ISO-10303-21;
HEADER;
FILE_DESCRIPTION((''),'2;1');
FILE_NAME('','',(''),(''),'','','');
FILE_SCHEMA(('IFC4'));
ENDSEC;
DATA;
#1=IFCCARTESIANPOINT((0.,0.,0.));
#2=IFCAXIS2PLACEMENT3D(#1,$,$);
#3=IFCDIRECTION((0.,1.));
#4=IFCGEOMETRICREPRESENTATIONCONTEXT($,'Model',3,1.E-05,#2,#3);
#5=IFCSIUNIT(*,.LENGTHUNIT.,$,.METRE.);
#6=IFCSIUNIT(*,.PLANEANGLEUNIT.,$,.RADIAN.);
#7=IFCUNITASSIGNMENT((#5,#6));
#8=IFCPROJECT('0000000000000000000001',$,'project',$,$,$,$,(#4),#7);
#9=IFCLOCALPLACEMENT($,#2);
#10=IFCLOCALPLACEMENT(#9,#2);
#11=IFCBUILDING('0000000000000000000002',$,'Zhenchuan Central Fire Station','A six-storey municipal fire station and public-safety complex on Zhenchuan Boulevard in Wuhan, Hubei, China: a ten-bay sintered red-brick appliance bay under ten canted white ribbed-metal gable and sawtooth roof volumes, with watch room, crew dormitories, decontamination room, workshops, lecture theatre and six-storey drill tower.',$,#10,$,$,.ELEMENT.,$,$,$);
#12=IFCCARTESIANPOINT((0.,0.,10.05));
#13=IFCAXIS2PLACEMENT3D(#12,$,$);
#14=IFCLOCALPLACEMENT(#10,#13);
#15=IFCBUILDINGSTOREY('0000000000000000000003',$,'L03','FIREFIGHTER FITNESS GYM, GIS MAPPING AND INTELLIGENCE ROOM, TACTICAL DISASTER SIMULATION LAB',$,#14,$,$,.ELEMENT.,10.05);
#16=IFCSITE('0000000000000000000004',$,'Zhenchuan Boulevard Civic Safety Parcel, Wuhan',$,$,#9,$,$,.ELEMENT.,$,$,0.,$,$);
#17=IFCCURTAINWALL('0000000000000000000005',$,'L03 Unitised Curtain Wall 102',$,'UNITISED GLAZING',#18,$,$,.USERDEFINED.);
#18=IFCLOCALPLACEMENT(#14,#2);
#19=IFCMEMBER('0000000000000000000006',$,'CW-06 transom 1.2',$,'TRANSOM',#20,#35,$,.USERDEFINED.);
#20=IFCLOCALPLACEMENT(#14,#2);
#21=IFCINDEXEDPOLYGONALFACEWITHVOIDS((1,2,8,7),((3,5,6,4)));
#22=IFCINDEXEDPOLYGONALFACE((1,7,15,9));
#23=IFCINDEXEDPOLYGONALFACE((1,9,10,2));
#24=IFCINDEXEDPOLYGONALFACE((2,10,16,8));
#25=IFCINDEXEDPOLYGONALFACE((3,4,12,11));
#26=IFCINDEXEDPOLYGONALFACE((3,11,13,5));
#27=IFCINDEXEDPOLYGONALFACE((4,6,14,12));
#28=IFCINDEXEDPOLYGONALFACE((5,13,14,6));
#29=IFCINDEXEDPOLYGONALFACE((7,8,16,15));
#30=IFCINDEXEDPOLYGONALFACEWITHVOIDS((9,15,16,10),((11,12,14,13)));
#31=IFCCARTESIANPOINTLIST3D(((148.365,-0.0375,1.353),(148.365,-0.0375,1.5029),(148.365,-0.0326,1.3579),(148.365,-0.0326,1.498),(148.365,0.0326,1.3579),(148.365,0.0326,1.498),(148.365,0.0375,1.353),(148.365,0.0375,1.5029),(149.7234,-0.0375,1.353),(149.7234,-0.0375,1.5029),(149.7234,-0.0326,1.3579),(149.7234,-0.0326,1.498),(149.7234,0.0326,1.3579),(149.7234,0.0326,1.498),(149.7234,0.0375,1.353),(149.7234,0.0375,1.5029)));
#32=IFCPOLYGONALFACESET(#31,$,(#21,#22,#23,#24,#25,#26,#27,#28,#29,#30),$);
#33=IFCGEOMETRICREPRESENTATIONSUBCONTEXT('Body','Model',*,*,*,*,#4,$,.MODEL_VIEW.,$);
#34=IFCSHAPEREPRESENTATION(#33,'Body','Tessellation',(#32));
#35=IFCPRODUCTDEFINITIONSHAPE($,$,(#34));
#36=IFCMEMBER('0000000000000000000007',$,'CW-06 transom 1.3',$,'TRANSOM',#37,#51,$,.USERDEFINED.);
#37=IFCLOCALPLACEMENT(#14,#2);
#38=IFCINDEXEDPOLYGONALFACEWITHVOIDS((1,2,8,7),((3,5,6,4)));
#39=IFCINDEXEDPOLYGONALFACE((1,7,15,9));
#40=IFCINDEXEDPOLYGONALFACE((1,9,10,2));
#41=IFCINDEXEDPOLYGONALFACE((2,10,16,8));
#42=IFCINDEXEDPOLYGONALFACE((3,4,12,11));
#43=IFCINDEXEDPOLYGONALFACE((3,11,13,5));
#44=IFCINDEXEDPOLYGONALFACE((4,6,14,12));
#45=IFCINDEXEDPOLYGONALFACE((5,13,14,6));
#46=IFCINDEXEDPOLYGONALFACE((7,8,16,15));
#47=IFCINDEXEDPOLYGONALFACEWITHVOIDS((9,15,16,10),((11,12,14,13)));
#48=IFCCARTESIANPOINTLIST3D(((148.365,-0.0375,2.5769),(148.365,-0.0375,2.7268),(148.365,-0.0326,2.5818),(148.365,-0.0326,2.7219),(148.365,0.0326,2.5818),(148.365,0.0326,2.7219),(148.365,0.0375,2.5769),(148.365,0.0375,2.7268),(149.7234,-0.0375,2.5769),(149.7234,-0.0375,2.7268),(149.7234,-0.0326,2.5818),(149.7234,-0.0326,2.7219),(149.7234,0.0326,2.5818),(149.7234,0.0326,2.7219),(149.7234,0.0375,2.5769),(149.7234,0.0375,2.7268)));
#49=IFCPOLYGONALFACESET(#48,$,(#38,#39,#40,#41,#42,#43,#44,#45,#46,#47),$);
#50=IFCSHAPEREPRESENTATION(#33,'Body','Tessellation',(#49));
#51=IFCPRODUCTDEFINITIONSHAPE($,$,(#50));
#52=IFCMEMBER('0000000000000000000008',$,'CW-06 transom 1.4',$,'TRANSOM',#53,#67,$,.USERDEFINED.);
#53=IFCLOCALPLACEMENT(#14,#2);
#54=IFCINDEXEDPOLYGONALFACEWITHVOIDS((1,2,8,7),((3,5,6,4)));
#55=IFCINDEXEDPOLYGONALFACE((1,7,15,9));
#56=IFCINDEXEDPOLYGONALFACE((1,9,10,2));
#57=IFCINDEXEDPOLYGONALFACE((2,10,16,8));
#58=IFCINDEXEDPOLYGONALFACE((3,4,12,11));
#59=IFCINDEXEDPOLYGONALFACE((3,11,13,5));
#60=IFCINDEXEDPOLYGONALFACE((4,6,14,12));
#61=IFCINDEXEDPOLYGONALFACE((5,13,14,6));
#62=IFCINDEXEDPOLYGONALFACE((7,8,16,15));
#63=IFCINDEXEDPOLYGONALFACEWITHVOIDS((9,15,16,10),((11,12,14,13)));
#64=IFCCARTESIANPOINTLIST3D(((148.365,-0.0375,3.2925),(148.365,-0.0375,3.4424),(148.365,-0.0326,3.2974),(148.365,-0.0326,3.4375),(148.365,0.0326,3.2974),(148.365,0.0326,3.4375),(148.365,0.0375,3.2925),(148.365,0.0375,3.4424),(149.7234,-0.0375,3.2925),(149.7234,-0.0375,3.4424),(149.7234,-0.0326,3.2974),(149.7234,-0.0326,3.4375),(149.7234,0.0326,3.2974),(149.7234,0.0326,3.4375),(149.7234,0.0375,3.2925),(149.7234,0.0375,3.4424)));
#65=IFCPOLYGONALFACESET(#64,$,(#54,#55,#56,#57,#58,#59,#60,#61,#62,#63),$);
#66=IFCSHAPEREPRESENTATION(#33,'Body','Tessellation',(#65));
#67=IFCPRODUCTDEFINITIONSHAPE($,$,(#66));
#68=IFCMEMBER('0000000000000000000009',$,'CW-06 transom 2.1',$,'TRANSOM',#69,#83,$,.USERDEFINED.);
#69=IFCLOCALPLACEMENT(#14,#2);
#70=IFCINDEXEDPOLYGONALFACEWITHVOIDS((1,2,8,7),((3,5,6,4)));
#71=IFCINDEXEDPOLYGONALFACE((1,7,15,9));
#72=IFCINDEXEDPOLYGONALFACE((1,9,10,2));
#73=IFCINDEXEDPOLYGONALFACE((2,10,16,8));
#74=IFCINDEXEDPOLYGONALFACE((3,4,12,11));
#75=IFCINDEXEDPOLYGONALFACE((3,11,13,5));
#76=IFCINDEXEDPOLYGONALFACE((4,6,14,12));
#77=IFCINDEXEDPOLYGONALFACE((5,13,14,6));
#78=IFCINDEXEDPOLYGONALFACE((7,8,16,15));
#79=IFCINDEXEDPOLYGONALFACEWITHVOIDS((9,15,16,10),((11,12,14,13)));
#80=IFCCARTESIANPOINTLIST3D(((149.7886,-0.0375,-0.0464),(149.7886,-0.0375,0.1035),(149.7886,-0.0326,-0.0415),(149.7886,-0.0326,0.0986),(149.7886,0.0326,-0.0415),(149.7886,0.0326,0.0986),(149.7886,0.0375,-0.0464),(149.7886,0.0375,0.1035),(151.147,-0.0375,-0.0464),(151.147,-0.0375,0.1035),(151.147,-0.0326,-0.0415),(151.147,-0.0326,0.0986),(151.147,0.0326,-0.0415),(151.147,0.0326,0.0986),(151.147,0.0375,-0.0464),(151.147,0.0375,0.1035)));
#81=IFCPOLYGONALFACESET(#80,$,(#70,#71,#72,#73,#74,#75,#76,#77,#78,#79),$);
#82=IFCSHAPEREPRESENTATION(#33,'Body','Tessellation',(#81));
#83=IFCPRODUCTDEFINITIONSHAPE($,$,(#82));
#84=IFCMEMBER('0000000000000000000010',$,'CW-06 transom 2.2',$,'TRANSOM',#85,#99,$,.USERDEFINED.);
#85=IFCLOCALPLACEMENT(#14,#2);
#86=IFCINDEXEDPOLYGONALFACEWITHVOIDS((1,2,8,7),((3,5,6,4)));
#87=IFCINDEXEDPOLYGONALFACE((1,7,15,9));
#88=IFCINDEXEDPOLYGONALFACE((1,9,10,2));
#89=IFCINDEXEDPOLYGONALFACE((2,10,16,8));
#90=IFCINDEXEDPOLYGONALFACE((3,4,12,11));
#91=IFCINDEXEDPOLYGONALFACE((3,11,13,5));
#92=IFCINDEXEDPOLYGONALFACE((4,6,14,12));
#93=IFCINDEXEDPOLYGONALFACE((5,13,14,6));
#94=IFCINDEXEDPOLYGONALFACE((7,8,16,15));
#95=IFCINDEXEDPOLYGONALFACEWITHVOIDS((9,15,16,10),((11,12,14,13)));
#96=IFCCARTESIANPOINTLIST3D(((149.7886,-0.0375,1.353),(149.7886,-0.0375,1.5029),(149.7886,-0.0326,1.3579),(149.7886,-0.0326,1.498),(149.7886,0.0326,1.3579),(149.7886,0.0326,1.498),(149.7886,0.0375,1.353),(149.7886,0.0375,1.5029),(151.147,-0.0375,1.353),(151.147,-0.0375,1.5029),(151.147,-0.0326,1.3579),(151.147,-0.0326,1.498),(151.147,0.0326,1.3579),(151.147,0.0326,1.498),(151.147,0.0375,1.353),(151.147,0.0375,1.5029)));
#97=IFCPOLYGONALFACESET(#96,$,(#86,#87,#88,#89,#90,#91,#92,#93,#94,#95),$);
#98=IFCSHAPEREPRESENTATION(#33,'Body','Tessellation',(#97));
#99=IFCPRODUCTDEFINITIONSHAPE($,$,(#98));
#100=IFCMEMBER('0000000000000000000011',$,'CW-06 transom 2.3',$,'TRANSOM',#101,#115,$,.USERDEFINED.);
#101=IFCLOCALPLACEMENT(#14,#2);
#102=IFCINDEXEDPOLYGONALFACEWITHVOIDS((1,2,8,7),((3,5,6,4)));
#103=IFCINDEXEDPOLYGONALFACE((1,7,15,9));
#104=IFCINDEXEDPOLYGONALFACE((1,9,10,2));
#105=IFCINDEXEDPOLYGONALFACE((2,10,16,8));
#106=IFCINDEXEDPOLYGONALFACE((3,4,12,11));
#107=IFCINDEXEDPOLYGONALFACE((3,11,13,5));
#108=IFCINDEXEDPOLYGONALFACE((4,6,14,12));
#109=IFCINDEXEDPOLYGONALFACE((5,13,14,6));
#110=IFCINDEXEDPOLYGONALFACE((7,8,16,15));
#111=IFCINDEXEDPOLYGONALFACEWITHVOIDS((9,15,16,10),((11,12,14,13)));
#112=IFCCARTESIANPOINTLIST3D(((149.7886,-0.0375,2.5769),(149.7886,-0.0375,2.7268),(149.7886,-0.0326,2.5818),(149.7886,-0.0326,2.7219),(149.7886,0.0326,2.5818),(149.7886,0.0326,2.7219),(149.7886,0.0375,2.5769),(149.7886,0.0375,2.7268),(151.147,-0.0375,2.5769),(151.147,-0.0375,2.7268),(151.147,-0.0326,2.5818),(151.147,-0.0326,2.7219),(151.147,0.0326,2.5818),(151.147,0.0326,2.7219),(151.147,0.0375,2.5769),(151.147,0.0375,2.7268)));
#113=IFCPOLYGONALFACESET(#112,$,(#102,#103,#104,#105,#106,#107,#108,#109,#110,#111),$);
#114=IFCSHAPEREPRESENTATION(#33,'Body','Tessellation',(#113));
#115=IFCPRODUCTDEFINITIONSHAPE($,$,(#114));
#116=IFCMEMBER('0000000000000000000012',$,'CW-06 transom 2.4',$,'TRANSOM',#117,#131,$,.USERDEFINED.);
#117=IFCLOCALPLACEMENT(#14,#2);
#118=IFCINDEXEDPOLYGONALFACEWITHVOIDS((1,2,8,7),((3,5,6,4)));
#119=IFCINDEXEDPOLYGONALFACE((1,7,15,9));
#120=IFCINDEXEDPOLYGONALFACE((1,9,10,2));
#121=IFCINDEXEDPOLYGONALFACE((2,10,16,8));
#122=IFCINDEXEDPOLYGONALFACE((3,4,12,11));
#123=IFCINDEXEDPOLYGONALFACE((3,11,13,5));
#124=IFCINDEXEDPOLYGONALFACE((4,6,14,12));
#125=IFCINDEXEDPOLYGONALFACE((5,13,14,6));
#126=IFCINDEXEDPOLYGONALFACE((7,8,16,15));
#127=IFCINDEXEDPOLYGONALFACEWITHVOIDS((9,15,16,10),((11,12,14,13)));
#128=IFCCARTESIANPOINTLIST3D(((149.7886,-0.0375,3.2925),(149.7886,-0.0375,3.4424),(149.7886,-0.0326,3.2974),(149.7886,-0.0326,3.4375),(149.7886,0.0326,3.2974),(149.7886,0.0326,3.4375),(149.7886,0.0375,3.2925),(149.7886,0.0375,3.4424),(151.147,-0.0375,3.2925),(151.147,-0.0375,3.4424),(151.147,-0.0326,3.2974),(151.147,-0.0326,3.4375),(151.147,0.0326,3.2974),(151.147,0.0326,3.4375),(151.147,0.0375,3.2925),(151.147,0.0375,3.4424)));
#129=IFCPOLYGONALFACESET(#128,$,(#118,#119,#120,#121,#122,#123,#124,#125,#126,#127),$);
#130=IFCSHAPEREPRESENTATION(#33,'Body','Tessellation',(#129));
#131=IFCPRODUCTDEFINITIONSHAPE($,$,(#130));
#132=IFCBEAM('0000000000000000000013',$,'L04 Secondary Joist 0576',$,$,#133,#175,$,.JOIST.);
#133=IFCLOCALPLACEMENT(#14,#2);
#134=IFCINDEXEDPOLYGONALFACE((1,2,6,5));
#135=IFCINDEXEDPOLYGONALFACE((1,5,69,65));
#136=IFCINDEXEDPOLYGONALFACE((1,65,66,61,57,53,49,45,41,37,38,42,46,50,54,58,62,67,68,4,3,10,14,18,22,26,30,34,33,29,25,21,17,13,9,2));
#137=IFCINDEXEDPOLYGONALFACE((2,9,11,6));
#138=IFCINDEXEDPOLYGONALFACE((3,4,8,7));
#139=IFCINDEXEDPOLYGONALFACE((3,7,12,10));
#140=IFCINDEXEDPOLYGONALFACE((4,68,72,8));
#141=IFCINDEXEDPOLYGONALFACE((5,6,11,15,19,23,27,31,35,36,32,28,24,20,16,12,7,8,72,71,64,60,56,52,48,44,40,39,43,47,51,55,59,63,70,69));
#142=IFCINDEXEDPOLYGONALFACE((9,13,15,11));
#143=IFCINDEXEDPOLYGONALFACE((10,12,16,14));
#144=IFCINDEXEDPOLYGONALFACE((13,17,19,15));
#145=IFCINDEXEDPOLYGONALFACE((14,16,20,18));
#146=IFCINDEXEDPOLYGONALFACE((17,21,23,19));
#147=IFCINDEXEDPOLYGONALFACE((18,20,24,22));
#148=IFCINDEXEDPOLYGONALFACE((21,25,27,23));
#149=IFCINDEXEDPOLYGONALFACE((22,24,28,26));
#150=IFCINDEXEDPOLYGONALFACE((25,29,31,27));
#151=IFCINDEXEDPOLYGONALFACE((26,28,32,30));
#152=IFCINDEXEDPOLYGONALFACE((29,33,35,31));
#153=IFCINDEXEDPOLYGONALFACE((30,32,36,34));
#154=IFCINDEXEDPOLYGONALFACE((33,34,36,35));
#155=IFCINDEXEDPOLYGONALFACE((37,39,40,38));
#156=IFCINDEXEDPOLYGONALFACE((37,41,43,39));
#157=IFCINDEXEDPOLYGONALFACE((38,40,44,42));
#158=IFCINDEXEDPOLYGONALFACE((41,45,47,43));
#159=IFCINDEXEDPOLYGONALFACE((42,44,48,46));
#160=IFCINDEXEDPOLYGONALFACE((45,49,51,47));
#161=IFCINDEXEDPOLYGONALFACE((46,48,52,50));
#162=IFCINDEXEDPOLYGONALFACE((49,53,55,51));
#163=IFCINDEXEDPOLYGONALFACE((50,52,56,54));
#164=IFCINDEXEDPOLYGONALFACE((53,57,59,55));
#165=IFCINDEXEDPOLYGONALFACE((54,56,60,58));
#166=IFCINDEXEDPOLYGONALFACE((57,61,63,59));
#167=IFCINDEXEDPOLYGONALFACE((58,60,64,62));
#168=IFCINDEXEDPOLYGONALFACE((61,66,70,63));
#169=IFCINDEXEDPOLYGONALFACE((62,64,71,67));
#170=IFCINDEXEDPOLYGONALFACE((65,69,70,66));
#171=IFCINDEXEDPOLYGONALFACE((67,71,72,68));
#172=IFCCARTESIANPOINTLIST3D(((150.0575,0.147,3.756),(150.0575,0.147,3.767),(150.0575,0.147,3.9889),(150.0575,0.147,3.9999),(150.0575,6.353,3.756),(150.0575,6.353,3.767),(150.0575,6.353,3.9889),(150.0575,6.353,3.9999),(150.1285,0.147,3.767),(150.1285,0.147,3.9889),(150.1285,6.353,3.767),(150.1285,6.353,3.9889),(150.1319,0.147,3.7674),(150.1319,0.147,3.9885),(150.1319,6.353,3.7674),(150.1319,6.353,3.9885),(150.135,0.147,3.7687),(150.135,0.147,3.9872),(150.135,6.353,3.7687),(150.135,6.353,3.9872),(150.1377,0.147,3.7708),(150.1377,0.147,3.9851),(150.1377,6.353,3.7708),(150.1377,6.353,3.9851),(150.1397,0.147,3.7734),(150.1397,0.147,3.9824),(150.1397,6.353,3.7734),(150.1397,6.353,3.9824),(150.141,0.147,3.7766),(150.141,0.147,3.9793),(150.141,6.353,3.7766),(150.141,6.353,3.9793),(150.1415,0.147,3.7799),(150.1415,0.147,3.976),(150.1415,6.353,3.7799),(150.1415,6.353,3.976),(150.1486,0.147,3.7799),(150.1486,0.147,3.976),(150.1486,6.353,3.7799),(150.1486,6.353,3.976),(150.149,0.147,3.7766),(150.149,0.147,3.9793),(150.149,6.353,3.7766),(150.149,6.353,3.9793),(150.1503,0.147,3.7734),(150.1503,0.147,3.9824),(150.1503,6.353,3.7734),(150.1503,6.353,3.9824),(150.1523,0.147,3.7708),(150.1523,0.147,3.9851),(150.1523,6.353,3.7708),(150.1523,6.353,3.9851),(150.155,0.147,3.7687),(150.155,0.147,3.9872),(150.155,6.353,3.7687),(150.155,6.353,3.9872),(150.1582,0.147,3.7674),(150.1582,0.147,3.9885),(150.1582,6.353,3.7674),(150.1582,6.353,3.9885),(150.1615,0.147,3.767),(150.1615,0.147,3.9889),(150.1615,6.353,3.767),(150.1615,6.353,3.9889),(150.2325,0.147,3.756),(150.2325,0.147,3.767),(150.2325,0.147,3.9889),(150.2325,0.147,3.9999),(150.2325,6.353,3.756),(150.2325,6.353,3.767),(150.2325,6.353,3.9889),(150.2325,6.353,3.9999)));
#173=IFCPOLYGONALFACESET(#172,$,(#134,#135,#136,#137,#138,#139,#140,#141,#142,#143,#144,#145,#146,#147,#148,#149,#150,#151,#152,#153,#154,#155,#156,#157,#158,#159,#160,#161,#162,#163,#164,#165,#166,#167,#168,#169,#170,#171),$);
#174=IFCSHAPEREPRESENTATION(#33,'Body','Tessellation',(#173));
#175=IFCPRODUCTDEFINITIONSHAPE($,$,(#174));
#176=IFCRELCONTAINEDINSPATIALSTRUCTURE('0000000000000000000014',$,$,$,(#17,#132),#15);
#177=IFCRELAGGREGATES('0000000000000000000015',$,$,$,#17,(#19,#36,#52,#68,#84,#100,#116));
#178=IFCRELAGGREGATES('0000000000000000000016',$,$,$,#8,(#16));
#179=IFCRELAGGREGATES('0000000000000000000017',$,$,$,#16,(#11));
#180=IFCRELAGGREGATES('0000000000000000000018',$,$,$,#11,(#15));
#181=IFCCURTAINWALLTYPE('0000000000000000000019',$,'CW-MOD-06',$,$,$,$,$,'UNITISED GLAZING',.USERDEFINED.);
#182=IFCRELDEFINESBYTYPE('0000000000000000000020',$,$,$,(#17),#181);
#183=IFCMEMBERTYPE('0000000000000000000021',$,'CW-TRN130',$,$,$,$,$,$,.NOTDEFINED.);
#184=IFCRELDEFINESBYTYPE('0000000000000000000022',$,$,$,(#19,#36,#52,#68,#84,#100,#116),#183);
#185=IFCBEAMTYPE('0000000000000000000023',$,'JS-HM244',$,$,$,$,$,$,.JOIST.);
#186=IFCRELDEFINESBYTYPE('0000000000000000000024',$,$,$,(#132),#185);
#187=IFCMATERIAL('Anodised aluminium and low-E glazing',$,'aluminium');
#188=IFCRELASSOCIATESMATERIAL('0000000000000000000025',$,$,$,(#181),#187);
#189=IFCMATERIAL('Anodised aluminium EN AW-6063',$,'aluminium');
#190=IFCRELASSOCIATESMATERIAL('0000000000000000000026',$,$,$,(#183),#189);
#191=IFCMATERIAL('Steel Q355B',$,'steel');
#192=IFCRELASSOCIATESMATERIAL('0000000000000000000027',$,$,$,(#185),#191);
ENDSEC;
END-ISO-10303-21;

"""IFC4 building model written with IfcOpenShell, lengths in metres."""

from ifc_helpers import new_model, si_unit, direction, frame, origin, origin_2d, place, context, subcontext, project, spatial, hollow_rectangle, i_section, extrude, material, material_profile, profile_set, type_object, element, aggregate, save


model = new_model("IFC4")

# Units and contexts
model_context = context("Model", 3, precision=1e-05, world=origin(), true_north=direction((0.0, 1.0)))
body_context = subcontext(model_context, "Body", "Model", "MODEL_VIEW")
ifc_project = project(units=[si_unit("LENGTHUNIT", "METRE"), si_unit("PLANEANGLEUNIT", "RADIAN")], contexts=[model_context])

# Site, building, storey
site_placement = place(None, origin())
site = spatial("IfcSite", under=ifc_project, at=site_placement, Name="Zhenchuan Boulevard Civic Safety Parcel, Wuhan", CompositionType="ELEMENT", RefElevation=0.0)
building_placement = place(site_placement, origin())
building = spatial("IfcBuilding", under=site, at=building_placement, Name="Zhenchuan Central Fire Station", Description="A six-storey municipal fire station and public-safety complex on Zhenchuan Boulevard in Wuhan, Hubei, China: a ten-bay sintered red-brick appliance bay under ten canted white ribbed-metal gable and sawtooth roof volumes, with watch room, crew dormitories, decontamination room, workshops, lecture theatre and six-storey drill tower.", CompositionType="ELEMENT")
storey_placement = place(building_placement, frame((0.0, 0.0, 10.05)))
storey = spatial("IfcBuildingStorey", under=building, at=storey_placement, Name="L03", Description="FIREFIGHTER FITNESS GYM, GIS MAPPING AND INTELLIGENCE ROOM, TACTICAL DISASTER SIMULATION LAB", CompositionType="ELEMENT", Elevation=10.05)

# Shared definitions
ifc_material_1 = material(Name="Steel Q355B", Category="steel")

# Shared definitions
ifc_material_2 = material(Name="Anodised aluminium and low-E glazing", Category="aluminium")
curtain_wall_type = type_object("IfcCurtainWallType", Name="CW-MOD-06", ElementType="UNITISED GLAZING", PredefinedType="USERDEFINED", material=ifc_material_2)
ifc_material_3 = material(Name="Anodised aluminium EN AW-6063", Category="aluminium")

# Curtain wall, members
curtain_wall_1_placement = place(storey_placement, origin())
curtain_wall_1 = element("IfcCurtainWall", 1, at=curtain_wall_1_placement, inside=storey, type_object=curtain_wall_type, Name="L03 Unitised Curtain Wall 102", ObjectType="UNITISED GLAZING", PredefinedType="USERDEFINED")
ifc_material_profile_1 = material_profile(ifc_material_3, hollow_rectangle(XDim=0.075, YDim=0.1499, WallThickness=0.0049, at=origin_2d()), Name="ALU-T 150x75")
ifc_profile_set_1 = profile_set([ifc_material_profile_1], Name="Anodised aluminium EN AW-6063")
member_type_1 = type_object("IfcMemberType", Name="CW-TRN130", PredefinedType="NOTDEFINED", material=ifc_profile_set_1)
member_1_placement = place(storey_placement, frame((148.365, 0.0, 1.428), z_axis=(1.0, 0.0, 0.0), x_axis=(0.0, 1.0, 0.0)))
member_1 = element("IfcMember", 2, at=member_1_placement, type_object=member_type_1, Name="CW-06 transom 1.2", ObjectType="TRANSOM", PredefinedType="USERDEFINED", context=body_context, shape_type="SweptSolid", body=[
    extrude(hollow_rectangle(XDim=0.075, YDim=0.1499, WallThickness=0.0049, at=origin_2d()), origin(), (0.0, 0.0, 1.0), 1.3584),
])
member_2_placement = place(storey_placement, frame((148.365, 0.0, 2.6519), z_axis=(1.0, 0.0, 0.0), x_axis=(0.0, 1.0, 0.0)))
member_2 = element("IfcMember", 3, at=member_2_placement, type_object=member_type_1, Name="CW-06 transom 1.3", ObjectType="TRANSOM", PredefinedType="USERDEFINED", context=body_context, shape_type="SweptSolid", body=[
    extrude(hollow_rectangle(XDim=0.075, YDim=0.1499, WallThickness=0.0049, at=origin_2d()), origin(), (0.0, 0.0, 1.0), 1.3584),
])
member_3_placement = place(storey_placement, frame((148.365, 0.0, 3.3674), z_axis=(1.0, 0.0, 0.0), x_axis=(0.0, 1.0, 0.0)))
member_3 = element("IfcMember", 4, at=member_3_placement, type_object=member_type_1, Name="CW-06 transom 1.4", ObjectType="TRANSOM", PredefinedType="USERDEFINED", context=body_context, shape_type="SweptSolid", body=[
    extrude(hollow_rectangle(XDim=0.075, YDim=0.1499, WallThickness=0.0049, at=origin_2d()), origin(), (0.0, 0.0, 1.0), 1.3584),
])
member_4_placement = place(storey_placement, frame((149.7886, 0.0, 0.0286), z_axis=(1.0, 0.0, 0.0), x_axis=(0.0, 1.0, 0.0)))
member_4 = element("IfcMember", 5, at=member_4_placement, type_object=member_type_1, Name="CW-06 transom 2.1", ObjectType="TRANSOM", PredefinedType="USERDEFINED", context=body_context, shape_type="SweptSolid", body=[
    extrude(hollow_rectangle(XDim=0.075, YDim=0.1499, WallThickness=0.0049, at=origin_2d()), origin(), (0.0, 0.0, 1.0), 1.3584),
])
member_5_placement = place(storey_placement, frame((149.7886, 0.0, 1.428), z_axis=(1.0, 0.0, 0.0), x_axis=(0.0, 1.0, 0.0)))
member_5 = element("IfcMember", 6, at=member_5_placement, type_object=member_type_1, Name="CW-06 transom 2.2", ObjectType="TRANSOM", PredefinedType="USERDEFINED", context=body_context, shape_type="SweptSolid", body=[
    extrude(hollow_rectangle(XDim=0.075, YDim=0.1499, WallThickness=0.0049, at=origin_2d()), origin(), (0.0, 0.0, 1.0), 1.3584),
])
member_6_placement = place(storey_placement, frame((149.7886, 0.0, 2.6519), z_axis=(1.0, 0.0, 0.0), x_axis=(0.0, 1.0, 0.0)))
member_6 = element("IfcMember", 7, at=member_6_placement, type_object=member_type_1, Name="CW-06 transom 2.3", ObjectType="TRANSOM", PredefinedType="USERDEFINED", context=body_context, shape_type="SweptSolid", body=[
    extrude(hollow_rectangle(XDim=0.075, YDim=0.1499, WallThickness=0.0049, at=origin_2d()), origin(), (0.0, 0.0, 1.0), 1.3584),
])
member_7_placement = place(storey_placement, frame((149.7886, 0.0, 3.3674), z_axis=(1.0, 0.0, 0.0), x_axis=(0.0, 1.0, 0.0)))
member_7 = element("IfcMember", 8, at=member_7_placement, type_object=member_type_1, Name="CW-06 transom 2.4", ObjectType="TRANSOM", PredefinedType="USERDEFINED", context=body_context, shape_type="SweptSolid", body=[
    extrude(hollow_rectangle(XDim=0.075, YDim=0.1499, WallThickness=0.0049, at=origin_2d()), origin(), (0.0, 0.0, 1.0), 1.3584),
])

# Beam
ifc_material_profile_2 = material_profile(ifc_material_1, i_section(OverallWidth=0.175, OverallDepth=0.2439, WebThickness=0.0071, FlangeThickness=0.011, FilletRadius=0.0129, at=origin_2d()), Name="HM 244x175")
ifc_profile_set_2 = profile_set([ifc_material_profile_2], Name="Steel Q355B")
beam_type_1 = type_object("IfcBeamType", Name="JS-HM244", PredefinedType="JOIST", material=ifc_profile_set_2)
beam_1_placement = place(storey_placement, frame((150.145, 0.147, 3.8779), z_axis=(0.0, 1.0, 0.0), x_axis=(-1.0, 0.0, 0.0)))
element("IfcBeam", 9, at=beam_1_placement, inside=storey, type_object=beam_type_1, Name="L04 Secondary Joist 0576", PredefinedType="JOIST", context=body_context, shape_type="SweptSolid", body=[
    extrude(i_section(OverallWidth=0.175, OverallDepth=0.2439, WebThickness=0.0071, FlangeThickness=0.011, FilletRadius=0.0129, at=origin_2d()), origin(), (0.0, 0.0, 1.0), 6.2061),
])

aggregate(curtain_wall_1, [member_1, member_2, member_3, member_4, member_5, member_6, member_7])

save(model, "model.ifc")
